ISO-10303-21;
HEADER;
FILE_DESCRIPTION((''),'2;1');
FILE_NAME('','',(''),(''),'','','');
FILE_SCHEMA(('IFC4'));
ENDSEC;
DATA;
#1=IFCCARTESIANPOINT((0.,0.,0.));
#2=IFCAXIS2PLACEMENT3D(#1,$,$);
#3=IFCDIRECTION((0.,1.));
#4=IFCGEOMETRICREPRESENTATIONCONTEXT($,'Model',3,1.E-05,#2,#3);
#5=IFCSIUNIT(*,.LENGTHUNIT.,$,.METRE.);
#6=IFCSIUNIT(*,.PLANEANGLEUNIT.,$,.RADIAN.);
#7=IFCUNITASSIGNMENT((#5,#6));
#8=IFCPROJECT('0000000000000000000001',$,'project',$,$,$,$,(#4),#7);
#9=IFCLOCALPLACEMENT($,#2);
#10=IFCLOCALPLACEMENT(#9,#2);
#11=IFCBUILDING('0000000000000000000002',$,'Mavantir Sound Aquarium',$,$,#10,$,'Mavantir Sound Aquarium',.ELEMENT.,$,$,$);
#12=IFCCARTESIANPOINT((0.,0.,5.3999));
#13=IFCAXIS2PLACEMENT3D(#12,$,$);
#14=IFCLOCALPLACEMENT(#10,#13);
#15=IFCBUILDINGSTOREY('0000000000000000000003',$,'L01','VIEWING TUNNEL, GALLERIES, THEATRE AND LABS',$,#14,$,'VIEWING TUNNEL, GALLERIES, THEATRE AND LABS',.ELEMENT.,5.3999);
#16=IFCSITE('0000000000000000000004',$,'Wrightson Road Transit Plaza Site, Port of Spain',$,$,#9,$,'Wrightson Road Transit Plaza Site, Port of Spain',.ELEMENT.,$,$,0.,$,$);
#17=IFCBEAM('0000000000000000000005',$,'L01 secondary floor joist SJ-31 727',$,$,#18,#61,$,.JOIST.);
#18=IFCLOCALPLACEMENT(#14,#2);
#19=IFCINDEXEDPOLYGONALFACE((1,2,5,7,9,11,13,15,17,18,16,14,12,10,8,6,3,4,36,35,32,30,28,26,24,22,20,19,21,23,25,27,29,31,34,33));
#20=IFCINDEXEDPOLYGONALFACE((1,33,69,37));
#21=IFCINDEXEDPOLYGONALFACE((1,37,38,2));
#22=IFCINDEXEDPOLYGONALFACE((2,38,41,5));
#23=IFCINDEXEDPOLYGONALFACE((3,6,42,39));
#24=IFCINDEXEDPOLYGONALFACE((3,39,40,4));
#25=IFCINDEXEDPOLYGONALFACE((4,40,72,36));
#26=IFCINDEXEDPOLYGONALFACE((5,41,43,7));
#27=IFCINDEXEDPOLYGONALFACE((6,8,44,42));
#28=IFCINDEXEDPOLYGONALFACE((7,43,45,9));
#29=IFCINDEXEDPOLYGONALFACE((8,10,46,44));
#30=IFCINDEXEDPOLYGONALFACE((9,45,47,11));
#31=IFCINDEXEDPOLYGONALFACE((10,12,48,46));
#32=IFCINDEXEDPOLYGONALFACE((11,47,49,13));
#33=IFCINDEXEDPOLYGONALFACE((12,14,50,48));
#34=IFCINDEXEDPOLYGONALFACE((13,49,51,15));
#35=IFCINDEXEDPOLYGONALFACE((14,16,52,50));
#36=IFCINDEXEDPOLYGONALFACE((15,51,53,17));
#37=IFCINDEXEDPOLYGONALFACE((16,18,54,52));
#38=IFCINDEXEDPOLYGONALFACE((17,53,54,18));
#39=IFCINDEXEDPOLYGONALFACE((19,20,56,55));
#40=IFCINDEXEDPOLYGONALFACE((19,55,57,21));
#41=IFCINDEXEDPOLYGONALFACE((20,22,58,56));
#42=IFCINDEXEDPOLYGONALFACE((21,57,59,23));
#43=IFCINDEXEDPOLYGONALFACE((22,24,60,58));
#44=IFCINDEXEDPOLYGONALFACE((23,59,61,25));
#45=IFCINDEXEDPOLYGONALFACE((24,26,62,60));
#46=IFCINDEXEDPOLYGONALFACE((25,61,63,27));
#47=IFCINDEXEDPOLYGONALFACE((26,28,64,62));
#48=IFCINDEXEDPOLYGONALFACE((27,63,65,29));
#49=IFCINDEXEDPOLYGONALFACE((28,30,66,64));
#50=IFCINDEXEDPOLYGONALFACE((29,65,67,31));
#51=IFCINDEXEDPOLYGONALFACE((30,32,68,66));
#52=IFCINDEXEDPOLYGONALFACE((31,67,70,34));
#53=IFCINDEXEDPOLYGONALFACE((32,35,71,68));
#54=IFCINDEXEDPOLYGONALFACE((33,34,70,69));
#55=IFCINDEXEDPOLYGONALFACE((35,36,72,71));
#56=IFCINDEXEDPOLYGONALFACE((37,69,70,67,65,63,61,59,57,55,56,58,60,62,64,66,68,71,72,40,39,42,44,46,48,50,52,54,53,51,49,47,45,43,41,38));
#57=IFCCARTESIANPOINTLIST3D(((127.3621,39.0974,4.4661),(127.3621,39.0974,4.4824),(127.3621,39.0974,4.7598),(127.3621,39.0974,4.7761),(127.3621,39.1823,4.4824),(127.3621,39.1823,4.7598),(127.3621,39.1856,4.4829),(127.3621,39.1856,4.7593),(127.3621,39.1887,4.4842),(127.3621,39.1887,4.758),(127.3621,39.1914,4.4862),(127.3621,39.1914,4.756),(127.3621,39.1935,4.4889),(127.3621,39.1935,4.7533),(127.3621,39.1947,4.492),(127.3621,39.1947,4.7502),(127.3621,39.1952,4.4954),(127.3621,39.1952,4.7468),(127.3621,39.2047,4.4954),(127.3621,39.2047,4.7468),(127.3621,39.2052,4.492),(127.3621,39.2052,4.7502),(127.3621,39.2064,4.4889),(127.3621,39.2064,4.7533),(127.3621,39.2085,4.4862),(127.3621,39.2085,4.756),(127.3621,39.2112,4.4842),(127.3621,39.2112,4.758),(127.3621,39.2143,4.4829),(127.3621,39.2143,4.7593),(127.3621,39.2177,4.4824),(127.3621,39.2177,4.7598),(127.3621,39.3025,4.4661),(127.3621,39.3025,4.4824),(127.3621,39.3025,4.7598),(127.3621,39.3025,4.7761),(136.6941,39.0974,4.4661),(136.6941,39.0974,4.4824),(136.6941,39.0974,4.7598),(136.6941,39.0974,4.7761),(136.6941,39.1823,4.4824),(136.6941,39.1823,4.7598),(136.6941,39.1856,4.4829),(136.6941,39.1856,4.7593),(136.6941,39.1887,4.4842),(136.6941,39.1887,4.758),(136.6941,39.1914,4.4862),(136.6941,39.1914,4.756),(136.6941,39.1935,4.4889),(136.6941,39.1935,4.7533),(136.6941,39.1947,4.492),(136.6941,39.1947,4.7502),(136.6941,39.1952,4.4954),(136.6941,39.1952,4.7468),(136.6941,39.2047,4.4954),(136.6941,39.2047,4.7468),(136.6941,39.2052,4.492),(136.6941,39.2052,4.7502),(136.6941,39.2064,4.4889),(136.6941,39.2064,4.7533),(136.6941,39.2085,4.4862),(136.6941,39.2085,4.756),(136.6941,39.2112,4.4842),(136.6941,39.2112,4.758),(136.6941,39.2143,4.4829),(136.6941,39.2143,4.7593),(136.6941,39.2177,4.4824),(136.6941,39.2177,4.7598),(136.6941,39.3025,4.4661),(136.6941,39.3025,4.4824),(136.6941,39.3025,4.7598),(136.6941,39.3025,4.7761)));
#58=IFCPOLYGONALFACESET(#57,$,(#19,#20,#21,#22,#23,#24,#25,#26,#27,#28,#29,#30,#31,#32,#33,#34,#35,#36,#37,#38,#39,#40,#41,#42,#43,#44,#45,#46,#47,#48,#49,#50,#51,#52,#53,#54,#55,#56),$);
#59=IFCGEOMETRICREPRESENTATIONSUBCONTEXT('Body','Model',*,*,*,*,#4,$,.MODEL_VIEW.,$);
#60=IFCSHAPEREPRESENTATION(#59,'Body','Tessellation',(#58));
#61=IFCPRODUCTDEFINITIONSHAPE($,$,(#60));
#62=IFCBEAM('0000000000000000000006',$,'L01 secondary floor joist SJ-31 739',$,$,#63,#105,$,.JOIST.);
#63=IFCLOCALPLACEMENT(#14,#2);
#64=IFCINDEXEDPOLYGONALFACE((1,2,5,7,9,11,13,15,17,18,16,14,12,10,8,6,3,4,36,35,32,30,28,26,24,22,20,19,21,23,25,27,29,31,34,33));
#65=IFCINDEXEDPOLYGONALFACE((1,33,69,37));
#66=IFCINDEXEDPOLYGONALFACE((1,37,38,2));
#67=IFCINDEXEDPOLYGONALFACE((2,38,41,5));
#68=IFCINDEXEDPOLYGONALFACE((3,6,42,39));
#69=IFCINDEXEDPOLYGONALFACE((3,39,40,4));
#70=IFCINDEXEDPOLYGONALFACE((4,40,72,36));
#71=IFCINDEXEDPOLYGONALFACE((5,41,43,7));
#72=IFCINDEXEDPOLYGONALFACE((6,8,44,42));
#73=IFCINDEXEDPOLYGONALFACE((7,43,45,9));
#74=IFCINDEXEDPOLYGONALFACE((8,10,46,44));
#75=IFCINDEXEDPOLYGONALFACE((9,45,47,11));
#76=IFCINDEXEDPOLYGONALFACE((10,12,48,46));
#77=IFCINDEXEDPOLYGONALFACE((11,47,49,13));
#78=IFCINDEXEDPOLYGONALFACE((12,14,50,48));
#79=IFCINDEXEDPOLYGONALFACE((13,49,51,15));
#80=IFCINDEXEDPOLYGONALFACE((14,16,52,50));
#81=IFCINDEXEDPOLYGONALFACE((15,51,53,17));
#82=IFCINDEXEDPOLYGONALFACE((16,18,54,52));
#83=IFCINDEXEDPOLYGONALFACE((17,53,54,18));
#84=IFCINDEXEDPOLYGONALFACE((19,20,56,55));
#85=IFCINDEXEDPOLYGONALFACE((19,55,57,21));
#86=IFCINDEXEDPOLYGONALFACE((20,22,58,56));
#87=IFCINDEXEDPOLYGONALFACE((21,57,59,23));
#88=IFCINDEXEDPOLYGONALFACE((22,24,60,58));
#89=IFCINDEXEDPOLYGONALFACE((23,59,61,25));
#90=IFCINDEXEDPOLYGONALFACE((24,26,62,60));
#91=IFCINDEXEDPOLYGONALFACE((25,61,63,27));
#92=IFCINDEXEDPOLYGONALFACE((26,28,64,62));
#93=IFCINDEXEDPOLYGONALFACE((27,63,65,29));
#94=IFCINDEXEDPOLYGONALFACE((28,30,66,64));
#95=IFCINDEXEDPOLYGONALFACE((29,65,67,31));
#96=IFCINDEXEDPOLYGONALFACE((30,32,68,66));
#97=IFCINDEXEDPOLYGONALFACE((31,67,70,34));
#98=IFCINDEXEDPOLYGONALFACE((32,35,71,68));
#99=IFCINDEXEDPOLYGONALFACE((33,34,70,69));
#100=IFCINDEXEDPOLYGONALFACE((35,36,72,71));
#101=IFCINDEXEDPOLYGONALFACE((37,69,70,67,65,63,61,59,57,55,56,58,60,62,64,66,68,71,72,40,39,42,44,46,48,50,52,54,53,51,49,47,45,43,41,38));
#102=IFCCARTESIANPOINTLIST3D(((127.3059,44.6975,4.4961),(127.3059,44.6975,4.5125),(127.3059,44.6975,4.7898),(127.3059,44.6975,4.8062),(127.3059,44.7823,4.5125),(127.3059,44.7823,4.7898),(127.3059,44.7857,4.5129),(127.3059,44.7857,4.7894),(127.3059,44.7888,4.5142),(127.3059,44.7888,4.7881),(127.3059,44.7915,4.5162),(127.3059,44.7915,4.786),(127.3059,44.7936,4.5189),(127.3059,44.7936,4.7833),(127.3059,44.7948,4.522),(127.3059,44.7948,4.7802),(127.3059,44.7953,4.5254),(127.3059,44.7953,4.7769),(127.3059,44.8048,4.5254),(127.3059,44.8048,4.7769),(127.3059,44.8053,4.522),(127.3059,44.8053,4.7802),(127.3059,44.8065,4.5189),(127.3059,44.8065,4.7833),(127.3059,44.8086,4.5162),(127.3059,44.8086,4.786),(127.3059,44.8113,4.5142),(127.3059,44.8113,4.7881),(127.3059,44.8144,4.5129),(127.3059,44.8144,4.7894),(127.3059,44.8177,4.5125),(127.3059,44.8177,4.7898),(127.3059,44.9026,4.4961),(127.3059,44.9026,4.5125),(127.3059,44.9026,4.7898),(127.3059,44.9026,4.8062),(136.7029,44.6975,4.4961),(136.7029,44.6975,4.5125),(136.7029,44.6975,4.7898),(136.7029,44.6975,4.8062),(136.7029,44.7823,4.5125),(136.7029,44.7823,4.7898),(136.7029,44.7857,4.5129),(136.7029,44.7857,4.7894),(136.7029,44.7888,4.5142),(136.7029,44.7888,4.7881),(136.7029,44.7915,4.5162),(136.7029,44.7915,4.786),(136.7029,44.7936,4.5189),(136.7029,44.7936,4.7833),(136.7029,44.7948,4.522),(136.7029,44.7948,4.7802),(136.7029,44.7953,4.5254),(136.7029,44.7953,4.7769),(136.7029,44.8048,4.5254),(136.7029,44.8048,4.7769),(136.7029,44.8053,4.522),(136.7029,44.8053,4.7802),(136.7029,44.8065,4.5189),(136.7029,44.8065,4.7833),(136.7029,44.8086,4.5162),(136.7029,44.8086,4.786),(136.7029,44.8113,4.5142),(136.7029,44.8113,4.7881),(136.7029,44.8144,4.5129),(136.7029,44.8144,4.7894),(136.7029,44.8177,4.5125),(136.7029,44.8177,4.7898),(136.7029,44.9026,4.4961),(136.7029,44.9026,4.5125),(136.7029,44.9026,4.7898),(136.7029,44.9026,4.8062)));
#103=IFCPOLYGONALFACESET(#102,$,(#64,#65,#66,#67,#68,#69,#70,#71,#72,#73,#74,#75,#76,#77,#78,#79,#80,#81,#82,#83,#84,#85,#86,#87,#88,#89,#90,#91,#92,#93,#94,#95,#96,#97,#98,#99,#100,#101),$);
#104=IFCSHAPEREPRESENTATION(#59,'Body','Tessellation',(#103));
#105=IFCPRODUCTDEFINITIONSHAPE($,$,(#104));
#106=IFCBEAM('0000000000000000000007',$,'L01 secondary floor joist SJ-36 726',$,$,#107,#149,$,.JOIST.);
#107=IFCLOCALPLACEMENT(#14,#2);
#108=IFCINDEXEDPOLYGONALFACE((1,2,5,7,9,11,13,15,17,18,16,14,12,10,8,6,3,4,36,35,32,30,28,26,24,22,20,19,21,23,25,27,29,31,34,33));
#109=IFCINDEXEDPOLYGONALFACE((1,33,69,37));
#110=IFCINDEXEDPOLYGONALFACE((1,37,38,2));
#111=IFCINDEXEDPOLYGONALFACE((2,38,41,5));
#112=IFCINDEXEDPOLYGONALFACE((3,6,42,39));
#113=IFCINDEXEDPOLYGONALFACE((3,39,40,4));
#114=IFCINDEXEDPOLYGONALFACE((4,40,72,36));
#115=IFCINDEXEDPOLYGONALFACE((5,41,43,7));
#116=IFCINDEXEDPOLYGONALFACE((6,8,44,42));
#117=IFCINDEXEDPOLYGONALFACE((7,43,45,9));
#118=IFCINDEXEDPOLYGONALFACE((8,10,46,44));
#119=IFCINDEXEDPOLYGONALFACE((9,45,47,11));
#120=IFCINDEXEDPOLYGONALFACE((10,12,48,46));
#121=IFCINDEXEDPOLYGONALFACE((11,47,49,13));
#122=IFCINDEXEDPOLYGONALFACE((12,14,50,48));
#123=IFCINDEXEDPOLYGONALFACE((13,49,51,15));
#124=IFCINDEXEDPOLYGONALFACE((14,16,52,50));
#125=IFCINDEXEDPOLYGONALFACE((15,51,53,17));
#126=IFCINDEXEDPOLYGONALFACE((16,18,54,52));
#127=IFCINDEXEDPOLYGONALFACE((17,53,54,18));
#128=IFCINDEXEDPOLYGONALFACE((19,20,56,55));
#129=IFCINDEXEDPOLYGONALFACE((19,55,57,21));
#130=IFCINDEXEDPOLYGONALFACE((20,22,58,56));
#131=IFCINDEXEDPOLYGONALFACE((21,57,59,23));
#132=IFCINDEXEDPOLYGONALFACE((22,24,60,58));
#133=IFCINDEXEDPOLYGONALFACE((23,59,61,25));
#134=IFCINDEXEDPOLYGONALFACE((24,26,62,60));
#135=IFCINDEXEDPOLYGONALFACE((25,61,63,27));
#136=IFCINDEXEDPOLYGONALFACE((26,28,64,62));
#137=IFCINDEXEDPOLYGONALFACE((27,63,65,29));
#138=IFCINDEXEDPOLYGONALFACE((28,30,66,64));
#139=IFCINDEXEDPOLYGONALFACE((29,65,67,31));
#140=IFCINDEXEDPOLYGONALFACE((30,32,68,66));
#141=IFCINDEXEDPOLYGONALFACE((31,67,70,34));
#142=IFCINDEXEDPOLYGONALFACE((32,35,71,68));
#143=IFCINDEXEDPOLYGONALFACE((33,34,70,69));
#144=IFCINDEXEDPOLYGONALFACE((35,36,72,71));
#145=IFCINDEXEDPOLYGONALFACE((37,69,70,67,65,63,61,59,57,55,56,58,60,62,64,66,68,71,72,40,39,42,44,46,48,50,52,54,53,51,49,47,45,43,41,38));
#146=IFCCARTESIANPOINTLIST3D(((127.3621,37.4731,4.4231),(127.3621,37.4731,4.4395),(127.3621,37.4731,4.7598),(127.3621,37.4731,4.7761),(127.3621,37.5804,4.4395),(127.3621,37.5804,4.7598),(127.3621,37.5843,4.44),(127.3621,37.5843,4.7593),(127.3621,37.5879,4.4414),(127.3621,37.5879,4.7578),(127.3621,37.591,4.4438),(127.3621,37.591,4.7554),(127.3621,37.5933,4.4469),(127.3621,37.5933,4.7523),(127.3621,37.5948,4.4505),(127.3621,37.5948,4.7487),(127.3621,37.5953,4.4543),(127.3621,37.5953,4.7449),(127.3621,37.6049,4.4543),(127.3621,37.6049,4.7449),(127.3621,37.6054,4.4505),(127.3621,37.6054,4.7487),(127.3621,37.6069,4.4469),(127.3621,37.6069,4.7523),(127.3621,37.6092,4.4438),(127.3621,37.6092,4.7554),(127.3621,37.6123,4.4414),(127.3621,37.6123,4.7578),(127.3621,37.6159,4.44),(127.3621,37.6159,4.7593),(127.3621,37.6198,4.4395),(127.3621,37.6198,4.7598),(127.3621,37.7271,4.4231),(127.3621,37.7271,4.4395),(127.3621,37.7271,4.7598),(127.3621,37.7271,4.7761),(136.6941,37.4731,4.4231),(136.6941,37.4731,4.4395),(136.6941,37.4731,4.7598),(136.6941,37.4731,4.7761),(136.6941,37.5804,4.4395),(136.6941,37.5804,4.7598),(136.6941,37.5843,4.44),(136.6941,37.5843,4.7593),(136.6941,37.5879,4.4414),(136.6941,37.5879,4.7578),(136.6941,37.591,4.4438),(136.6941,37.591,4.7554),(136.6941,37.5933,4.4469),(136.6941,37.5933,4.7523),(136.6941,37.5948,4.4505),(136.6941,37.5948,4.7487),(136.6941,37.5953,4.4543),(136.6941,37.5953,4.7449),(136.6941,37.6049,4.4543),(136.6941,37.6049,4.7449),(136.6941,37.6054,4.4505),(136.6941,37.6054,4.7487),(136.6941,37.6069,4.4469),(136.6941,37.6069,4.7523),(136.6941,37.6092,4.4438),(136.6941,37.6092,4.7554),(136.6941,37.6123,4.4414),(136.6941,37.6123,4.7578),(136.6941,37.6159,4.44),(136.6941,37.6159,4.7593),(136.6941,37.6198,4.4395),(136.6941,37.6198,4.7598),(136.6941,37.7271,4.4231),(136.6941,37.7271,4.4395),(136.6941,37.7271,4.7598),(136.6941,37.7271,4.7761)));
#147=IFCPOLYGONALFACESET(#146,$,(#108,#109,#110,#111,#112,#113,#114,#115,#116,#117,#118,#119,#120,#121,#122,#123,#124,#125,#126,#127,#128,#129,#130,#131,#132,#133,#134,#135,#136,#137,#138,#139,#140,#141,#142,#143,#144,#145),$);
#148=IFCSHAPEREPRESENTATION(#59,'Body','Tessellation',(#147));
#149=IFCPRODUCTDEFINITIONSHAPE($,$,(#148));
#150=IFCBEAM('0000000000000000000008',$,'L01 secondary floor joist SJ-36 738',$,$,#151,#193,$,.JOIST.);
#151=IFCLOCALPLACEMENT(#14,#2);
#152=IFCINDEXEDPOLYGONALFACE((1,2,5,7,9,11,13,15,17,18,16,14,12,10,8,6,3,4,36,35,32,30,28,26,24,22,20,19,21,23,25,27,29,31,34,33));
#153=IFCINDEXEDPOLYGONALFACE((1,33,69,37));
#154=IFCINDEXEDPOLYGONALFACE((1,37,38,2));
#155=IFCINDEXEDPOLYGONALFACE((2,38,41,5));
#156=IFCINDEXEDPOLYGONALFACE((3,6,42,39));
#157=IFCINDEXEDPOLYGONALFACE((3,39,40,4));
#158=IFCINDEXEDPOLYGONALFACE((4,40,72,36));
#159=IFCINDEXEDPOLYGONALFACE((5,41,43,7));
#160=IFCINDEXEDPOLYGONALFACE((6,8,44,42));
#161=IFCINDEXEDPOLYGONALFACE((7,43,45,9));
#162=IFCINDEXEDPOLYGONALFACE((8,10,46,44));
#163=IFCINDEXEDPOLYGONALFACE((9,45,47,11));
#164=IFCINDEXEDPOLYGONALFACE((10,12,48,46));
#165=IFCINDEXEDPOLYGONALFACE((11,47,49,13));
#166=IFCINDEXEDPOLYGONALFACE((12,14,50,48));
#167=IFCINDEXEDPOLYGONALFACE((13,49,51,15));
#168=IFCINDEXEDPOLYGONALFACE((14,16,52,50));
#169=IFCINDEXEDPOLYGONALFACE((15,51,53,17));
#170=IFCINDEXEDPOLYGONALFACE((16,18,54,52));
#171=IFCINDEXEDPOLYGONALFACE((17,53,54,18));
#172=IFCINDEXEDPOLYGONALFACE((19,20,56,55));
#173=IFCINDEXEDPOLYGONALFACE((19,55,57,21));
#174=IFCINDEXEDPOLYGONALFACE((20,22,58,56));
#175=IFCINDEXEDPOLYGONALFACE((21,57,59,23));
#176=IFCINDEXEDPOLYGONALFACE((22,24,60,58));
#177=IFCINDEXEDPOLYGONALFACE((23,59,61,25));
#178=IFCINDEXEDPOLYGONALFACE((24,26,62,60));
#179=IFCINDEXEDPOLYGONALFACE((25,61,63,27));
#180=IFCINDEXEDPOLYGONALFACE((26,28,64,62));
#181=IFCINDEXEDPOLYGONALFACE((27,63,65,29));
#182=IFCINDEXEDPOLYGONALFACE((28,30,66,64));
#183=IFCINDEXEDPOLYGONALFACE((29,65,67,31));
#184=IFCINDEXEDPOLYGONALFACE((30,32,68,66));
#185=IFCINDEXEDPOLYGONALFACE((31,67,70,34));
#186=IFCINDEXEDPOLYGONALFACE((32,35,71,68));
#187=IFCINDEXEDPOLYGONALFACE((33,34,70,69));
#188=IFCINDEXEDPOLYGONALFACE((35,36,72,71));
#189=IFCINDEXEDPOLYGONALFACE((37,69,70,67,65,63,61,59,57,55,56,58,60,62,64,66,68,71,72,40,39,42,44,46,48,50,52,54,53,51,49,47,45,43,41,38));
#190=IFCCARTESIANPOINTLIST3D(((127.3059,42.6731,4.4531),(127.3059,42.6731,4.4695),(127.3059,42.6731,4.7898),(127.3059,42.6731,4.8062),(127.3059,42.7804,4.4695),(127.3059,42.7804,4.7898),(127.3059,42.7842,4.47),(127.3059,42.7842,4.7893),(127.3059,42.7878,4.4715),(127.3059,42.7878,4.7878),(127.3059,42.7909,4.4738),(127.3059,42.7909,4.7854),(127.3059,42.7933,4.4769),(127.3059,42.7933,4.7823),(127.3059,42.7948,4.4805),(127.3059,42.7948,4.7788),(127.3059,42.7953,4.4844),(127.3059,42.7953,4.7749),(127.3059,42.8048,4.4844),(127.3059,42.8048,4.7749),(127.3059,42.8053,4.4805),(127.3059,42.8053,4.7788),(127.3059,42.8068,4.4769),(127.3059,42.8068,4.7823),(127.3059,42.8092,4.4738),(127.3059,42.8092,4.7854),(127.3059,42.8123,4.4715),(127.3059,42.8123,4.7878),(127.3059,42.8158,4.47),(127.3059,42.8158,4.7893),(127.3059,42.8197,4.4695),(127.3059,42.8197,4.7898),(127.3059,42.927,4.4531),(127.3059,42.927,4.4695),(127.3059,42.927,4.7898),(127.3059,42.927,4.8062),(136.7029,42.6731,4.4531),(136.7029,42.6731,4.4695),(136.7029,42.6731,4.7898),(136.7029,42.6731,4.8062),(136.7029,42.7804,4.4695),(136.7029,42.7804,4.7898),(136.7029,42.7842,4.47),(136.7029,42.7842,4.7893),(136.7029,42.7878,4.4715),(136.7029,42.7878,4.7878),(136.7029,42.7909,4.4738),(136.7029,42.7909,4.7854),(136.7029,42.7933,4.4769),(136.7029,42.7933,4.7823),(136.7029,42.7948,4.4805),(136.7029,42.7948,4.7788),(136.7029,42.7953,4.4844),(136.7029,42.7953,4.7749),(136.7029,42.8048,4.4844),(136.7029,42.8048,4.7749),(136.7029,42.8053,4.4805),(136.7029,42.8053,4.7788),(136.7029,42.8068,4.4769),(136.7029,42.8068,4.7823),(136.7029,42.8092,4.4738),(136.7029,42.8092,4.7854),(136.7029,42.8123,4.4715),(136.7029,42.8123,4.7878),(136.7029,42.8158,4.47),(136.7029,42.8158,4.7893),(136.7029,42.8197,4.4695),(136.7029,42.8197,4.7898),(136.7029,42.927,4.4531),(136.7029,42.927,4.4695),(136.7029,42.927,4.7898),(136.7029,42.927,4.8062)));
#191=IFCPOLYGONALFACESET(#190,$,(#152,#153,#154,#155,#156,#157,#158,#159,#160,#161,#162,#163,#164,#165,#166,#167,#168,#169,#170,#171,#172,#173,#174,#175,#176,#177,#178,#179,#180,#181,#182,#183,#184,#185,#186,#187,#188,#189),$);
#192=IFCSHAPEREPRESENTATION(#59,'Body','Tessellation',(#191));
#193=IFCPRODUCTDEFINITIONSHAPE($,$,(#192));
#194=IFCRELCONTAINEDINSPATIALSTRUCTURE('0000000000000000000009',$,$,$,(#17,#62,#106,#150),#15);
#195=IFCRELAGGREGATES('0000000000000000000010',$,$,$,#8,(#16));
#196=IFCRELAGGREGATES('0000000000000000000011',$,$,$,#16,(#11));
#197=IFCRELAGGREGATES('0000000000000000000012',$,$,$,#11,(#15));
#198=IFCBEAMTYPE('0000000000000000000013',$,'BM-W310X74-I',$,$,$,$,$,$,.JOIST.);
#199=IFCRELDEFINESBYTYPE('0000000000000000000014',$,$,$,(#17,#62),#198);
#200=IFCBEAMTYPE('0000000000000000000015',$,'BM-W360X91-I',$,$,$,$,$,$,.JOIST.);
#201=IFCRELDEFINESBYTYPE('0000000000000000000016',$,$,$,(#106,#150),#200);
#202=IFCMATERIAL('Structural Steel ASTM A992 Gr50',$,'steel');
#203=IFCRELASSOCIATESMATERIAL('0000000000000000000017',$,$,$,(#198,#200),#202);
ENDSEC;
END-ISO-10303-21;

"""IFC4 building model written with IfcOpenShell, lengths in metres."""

from ifc_helpers import new_model, si_unit, direction, frame, origin, origin_2d, place, context, subcontext, project, spatial, i_section, extrude, material, material_profile, profile_set, type_object, element, save


model = new_model("IFC4")

# Units and contexts
model_context = context("Model", 3, precision=1e-05, world=origin(), true_north=direction((0.0, 1.0)))
body_context = subcontext(model_context, "Body", "Model", "MODEL_VIEW")
ifc_project = project(units=[si_unit("LENGTHUNIT", "METRE"), si_unit("PLANEANGLEUNIT", "RADIAN")], contexts=[model_context])

# Site, building, storey
site_placement = place(None, origin())
site = spatial("IfcSite", under=ifc_project, at=site_placement, Name="Wrightson Road Transit Plaza Site, Port of Spain", LongName="Wrightson Road Transit Plaza Site, Port of Spain", CompositionType="ELEMENT", RefElevation=0.0)
building_placement = place(site_placement, origin())
building = spatial("IfcBuilding", under=site, at=building_placement, Name="Mavantir Sound Aquarium", LongName="Mavantir Sound Aquarium", CompositionType="ELEMENT")
storey_placement = place(building_placement, frame((0.0, 0.0, 5.3999)))
storey = spatial("IfcBuildingStorey", under=building, at=storey_placement, Name="L01", Description="VIEWING TUNNEL, GALLERIES, THEATRE AND LABS", LongName="VIEWING TUNNEL, GALLERIES, THEATRE AND LABS", CompositionType="ELEMENT", Elevation=5.3999)

# Beams
ifc_material_1 = material(Name="Structural Steel ASTM A992 Gr50", Category="steel")
ifc_material_profile_1 = material_profile(ifc_material_1, i_section(OverallWidth=0.2051, OverallDepth=0.3101, WebThickness=0.0095, FlangeThickness=0.0164, FilletRadius=0.0129, at=origin_2d()), Name="W310X74")
ifc_profile_set_1 = profile_set([ifc_material_profile_1], Name="Structural Steel ASTM A992 Gr50")
beam_type_1 = type_object("IfcBeamType", Name="BM-W310X74-I", PredefinedType="JOIST", material=ifc_profile_set_1)
beam_1_placement = place(storey_placement, frame((127.3621, 39.2, 4.6211), z_axis=(1.0, 0.0, 0.0), x_axis=(0.0, 1.0, 0.0)))
element("IfcBeam", 1, at=beam_1_placement, inside=storey, type_object=beam_type_1, Name="L01 secondary floor joist SJ-31 727", PredefinedType="JOIST", context=body_context, shape_type="SweptSolid", body=[
    extrude(i_section(OverallWidth=0.2051, OverallDepth=0.3101, WebThickness=0.0095, FlangeThickness=0.0164, FilletRadius=0.0129, at=origin_2d()), origin(), (0.0, 0.0, 1.0), 9.332),
])
beam_2_placement = place(storey_placement, frame((127.3059, 44.8, 4.6511), z_axis=(1.0, 0.0, 0.0), x_axis=(0.0, 1.0, 0.0)))
element("IfcBeam", 2, at=beam_2_placement, inside=storey, type_object=beam_type_1, Name="L01 secondary floor joist SJ-31 739", PredefinedType="JOIST", context=body_context, shape_type="SweptSolid", body=[
    extrude(i_section(OverallWidth=0.2051, OverallDepth=0.3101, WebThickness=0.0095, FlangeThickness=0.0164, FilletRadius=0.0129, at=origin_2d()), origin(), (0.0, 0.0, 1.0), 9.397),
])
ifc_material_profile_2 = material_profile(ifc_material_1, i_section(OverallWidth=0.2539, OverallDepth=0.353, WebThickness=0.0095, FlangeThickness=0.0164, FilletRadius=0.0149, at=origin_2d()), Name="W360X91")
ifc_profile_set_2 = profile_set([ifc_material_profile_2], Name="Structural Steel ASTM A992 Gr50")
beam_type_2 = type_object("IfcBeamType", Name="BM-W360X91-I", PredefinedType="JOIST", material=ifc_profile_set_2)
beam_3_placement = place(storey_placement, frame((127.3621, 37.6001, 4.5996), z_axis=(1.0, 0.0, 0.0), x_axis=(0.0, 1.0, 0.0)))
element("IfcBeam", 3, at=beam_3_placement, inside=storey, type_object=beam_type_2, Name="L01 secondary floor joist SJ-36 726", PredefinedType="JOIST", context=body_context, shape_type="SweptSolid", body=[
    extrude(i_section(OverallWidth=0.2539, OverallDepth=0.353, WebThickness=0.0095, FlangeThickness=0.0164, FilletRadius=0.0149, at=origin_2d()), origin(), (0.0, 0.0, 1.0), 9.332),
])
beam_4_placement = place(storey_placement, frame((127.3059, 42.8, 4.6296), z_axis=(1.0, 0.0, 0.0), x_axis=(0.0, 1.0, 0.0)))
element("IfcBeam", 4, at=beam_4_placement, inside=storey, type_object=beam_type_2, Name="L01 secondary floor joist SJ-36 738", PredefinedType="JOIST", context=body_context, shape_type="SweptSolid", body=[
    extrude(i_section(OverallWidth=0.2539, OverallDepth=0.353, WebThickness=0.0095, FlangeThickness=0.0164, FilletRadius=0.0149, at=origin_2d()), origin(), (0.0, 0.0, 1.0), 9.397),
])

save(model, "model.ifc")
